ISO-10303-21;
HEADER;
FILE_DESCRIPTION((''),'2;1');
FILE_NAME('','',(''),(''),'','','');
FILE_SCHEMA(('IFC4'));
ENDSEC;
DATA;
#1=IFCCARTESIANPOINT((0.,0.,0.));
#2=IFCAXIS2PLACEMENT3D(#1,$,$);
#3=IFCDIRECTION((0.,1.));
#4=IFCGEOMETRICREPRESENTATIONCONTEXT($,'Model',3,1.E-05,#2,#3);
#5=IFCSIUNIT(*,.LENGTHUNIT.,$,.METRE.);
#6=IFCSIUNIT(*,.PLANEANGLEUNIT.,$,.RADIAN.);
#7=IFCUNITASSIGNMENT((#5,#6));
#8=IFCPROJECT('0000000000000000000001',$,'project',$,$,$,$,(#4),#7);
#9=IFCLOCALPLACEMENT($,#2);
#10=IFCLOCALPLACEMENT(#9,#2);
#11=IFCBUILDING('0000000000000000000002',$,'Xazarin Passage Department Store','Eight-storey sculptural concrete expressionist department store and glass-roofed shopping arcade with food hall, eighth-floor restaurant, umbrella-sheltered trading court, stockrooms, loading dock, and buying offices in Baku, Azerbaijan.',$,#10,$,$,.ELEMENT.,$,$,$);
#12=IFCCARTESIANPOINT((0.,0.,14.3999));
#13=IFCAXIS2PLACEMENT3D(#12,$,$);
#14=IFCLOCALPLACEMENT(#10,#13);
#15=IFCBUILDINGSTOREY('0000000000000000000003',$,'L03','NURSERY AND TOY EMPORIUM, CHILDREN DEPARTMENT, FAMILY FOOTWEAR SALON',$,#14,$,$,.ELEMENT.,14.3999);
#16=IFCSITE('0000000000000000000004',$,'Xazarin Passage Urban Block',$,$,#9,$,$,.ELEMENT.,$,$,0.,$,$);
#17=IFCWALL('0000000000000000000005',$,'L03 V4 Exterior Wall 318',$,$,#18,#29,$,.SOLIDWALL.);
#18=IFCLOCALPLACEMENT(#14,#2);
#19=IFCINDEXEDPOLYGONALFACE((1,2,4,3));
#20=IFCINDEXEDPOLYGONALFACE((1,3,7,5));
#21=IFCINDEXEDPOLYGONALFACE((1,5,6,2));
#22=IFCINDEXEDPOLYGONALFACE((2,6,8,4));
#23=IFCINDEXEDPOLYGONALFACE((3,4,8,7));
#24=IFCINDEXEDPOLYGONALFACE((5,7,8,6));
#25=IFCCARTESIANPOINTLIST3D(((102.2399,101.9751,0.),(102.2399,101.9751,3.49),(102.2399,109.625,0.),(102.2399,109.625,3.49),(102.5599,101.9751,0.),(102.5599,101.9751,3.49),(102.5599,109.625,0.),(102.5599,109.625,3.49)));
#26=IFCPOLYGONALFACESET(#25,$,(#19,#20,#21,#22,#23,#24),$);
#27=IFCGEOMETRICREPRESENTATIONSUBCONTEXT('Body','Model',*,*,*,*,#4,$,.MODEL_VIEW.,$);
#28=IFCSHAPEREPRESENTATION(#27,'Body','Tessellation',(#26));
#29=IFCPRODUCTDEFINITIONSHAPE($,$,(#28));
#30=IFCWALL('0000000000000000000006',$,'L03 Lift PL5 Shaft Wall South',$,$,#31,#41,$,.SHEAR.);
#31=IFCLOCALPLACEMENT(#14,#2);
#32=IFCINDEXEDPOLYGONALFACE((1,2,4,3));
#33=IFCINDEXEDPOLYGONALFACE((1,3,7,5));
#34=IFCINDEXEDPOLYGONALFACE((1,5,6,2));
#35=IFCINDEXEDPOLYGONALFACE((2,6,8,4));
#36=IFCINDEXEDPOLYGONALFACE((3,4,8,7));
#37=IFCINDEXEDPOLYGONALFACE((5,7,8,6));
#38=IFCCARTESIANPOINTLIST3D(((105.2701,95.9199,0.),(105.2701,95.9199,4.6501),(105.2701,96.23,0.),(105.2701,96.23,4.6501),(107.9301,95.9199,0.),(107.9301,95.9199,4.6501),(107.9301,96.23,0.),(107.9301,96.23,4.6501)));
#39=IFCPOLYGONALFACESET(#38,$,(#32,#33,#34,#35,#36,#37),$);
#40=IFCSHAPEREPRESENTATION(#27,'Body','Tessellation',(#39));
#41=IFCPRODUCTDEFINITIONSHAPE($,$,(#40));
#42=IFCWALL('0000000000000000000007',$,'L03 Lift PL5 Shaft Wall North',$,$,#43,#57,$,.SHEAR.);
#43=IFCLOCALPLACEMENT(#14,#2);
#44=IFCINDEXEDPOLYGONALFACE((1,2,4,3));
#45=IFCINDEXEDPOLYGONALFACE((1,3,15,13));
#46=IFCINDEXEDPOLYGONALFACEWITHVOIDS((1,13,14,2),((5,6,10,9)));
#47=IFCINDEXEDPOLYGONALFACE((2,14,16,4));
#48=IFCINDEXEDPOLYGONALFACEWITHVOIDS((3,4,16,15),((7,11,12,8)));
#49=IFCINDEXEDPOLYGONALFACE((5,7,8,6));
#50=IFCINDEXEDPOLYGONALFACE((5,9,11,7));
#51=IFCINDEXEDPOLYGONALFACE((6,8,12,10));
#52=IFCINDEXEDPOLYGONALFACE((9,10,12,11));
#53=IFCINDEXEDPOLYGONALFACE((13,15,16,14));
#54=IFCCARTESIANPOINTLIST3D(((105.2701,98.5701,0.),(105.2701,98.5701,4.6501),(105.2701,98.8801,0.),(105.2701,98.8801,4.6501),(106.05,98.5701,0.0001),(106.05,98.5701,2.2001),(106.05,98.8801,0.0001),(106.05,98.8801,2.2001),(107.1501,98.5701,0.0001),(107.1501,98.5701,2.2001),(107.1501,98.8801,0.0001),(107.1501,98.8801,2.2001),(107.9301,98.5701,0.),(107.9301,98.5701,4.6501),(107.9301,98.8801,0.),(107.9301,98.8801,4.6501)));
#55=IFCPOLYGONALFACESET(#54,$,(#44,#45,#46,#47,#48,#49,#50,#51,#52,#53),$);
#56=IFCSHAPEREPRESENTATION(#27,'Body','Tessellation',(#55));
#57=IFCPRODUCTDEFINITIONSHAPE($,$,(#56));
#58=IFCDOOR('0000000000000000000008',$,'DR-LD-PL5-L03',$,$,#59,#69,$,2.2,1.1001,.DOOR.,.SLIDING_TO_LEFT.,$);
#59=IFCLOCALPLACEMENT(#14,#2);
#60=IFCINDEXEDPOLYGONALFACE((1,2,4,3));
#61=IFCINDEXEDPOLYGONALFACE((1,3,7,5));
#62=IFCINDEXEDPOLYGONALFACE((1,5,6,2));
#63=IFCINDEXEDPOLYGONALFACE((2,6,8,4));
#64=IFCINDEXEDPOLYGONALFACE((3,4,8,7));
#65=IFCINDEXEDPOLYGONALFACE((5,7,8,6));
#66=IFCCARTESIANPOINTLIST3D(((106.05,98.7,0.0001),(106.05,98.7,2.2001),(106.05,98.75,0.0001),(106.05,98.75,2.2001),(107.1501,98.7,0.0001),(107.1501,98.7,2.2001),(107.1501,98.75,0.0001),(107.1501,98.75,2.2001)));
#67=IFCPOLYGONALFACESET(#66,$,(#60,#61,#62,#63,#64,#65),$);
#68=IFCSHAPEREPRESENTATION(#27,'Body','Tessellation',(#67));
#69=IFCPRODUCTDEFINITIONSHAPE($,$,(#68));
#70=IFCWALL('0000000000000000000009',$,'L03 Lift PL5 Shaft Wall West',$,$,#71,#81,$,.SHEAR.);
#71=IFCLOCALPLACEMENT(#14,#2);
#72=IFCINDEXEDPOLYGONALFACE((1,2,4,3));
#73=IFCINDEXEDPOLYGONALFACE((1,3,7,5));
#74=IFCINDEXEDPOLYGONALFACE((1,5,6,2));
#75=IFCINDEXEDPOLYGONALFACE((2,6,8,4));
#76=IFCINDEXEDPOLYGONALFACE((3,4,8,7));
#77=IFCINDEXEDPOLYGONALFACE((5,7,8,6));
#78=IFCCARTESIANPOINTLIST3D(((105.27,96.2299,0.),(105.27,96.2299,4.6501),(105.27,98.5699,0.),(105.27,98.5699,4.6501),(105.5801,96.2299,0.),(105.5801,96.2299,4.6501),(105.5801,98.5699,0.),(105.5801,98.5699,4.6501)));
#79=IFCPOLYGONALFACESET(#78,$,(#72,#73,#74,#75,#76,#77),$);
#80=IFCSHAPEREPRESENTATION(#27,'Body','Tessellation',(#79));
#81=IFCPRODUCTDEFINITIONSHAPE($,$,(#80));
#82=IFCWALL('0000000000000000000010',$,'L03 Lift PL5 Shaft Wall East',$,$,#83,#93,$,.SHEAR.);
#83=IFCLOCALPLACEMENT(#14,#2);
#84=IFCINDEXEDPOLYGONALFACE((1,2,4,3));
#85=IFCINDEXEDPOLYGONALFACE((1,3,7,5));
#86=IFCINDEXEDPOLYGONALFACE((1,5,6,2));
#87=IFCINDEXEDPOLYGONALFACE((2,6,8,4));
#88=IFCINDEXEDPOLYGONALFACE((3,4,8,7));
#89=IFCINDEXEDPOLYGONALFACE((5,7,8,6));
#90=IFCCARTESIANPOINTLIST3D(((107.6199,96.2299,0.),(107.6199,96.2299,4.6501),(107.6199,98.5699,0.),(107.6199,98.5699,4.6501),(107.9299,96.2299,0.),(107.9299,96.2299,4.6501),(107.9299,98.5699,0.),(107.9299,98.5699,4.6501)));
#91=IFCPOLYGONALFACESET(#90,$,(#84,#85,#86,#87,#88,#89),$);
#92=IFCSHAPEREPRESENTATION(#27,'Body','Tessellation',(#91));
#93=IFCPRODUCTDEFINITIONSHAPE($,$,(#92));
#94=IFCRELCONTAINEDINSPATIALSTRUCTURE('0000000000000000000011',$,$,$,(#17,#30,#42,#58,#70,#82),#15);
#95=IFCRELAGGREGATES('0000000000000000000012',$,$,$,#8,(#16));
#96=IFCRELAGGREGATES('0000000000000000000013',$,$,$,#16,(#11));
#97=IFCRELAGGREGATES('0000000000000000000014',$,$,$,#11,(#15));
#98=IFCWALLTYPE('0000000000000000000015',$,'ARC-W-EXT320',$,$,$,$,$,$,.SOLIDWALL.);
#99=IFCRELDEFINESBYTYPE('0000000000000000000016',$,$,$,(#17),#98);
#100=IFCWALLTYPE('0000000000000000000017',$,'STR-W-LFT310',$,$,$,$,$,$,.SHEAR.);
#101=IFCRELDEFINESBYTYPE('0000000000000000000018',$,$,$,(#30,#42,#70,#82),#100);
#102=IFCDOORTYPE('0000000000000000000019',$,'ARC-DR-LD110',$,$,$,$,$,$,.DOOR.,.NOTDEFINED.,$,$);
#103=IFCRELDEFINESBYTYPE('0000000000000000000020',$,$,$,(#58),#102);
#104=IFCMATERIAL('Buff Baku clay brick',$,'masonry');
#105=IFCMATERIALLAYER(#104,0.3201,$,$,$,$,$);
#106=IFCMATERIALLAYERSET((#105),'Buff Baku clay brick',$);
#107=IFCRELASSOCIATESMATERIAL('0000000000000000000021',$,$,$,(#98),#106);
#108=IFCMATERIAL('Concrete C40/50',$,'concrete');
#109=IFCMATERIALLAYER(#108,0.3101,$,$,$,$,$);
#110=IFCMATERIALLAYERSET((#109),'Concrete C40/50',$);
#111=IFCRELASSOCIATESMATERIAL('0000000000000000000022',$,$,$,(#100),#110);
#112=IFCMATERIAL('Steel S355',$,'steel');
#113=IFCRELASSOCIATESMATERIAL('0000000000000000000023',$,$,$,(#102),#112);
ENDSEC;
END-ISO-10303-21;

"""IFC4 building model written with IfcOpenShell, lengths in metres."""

from ifc_helpers import new_model, si_unit, direction, frame, frame_2d, origin, place, context, subcontext, project, spatial, rectangle, extrude, material, layer, layer_set, type_object, element, fill, save


model = new_model("IFC4")

# Units and contexts
model_context = context("Model", 3, precision=1e-05, world=origin(), true_north=direction((0.0, 1.0)))
body_context = subcontext(model_context, "Body", "Model", "MODEL_VIEW")
ifc_project = project(units=[si_unit("LENGTHUNIT", "METRE"), si_unit("PLANEANGLEUNIT", "RADIAN")], contexts=[model_context])

# Site, building, storey
site_placement = place(None, origin())
site = spatial("IfcSite", under=ifc_project, at=site_placement, Name="Xazarin Passage Urban Block", CompositionType="ELEMENT", RefElevation=0.0)
building_placement = place(site_placement, origin())
building = spatial("IfcBuilding", under=site, at=building_placement, Name="Xazarin Passage Department Store", Description="Eight-storey sculptural concrete expressionist department store and glass-roofed shopping arcade with food hall, eighth-floor restaurant, umbrella-sheltered trading court, stockrooms, loading dock, and buying offices in Baku, Azerbaijan.", CompositionType="ELEMENT")
storey_placement = place(building_placement, frame((0.0, 0.0, 14.3999)))
storey = spatial("IfcBuildingStorey", under=building, at=storey_placement, Name="L03", Description="NURSERY AND TOY EMPORIUM, CHILDREN DEPARTMENT, FAMILY FOOTWEAR SALON", CompositionType="ELEMENT", Elevation=14.3999)

# Shared definitions
ifc_material_1 = material(Name="Concrete C40/50", Category="concrete")

# Walls
ifc_material_2 = material(Name="Buff Baku clay brick", Category="masonry")
ifc_layer_1 = layer(ifc_material_2, 0.3201)
ifc_layer_set_1 = layer_set([ifc_layer_1], Name="Buff Baku clay brick")
wall_type_1 = type_object("IfcWallType", Name="ARC-W-EXT320", PredefinedType="SOLIDWALL", material=ifc_layer_set_1)
wall_1_placement = place(storey_placement, frame((102.3999, 101.9751, 0.0), z_axis=(0.0, 0.0, 1.0), x_axis=(0.0, 1.0, 0.0)))
element("IfcWall", 1, at=wall_1_placement, inside=storey, type_object=wall_type_1, Name="L03 V4 Exterior Wall 318", PredefinedType="SOLIDWALL", context=body_context, shape_type="SweptSolid", body=[
    extrude(rectangle(XDim=7.6499, YDim=0.3201, at=frame_2d((3.825, 0.0))), origin(), (0.0, 0.0, 1.0), 3.49),
])
ifc_layer_2 = layer(ifc_material_1, 0.3101)
ifc_layer_set_2 = layer_set([ifc_layer_2], Name="Concrete C40/50")
wall_type_2 = type_object("IfcWallType", Name="STR-W-LFT310", PredefinedType="SHEAR", material=ifc_layer_set_2)
wall_2_placement = place(storey_placement, frame((105.27, 96.075, 0.0), z_axis=(0.0, 0.0, 1.0), x_axis=(1.0, 0.0, 0.0)))
element("IfcWall", 2, at=wall_2_placement, inside=storey, type_object=wall_type_2, Name="L03 Lift PL5 Shaft Wall South", PredefinedType="SHEAR", context=body_context, shape_type="SweptSolid", body=[
    extrude(rectangle(XDim=2.6599, YDim=0.3101, at=frame_2d((1.3301, 0.0))), origin(), (0.0, 0.0, 1.0), 4.6501),
])

# Wall, opening, door
wall_3_placement = place(storey_placement, frame((105.27, 98.7251, 0.0), z_axis=(0.0, 0.0, 1.0), x_axis=(1.0, 0.0, 0.0)))
wall_3 = element("IfcWall", 3, at=wall_3_placement, inside=storey, type_object=wall_type_2, Name="L03 Lift PL5 Shaft Wall North", PredefinedType="SHEAR", context=body_context, shape_type="SweptSolid", body=[
    extrude(rectangle(XDim=2.6599, YDim=0.3101, at=frame_2d((1.3301, 0.0))), origin(), (0.0, 0.0, 1.0), 4.6501),
])
opening_1_placement = place(wall_3_placement, frame((0.78, 0.0, 0.0)))
opening_1 = element("IfcOpeningElement", 4, at=opening_1_placement, cuts=wall_3, PredefinedType="OPENING", context=body_context, shape_type="SweptSolid", body=[
    extrude(rectangle(XDim=1.1001, YDim=2.2, at=frame_2d((0.55, 1.1001))), frame((0.0, 0.165, 0.0), z_axis=(0.0, -1.0, 0.0), x_axis=(1.0, 0.0, 0.0)), (0.0, 0.0, 1.0), 0.3301),
])
ifc_material_3 = material(Name="Steel S355", Category="steel")
door_type_1 = type_object("IfcDoorType", Name="ARC-DR-LD110", OperationType="NOTDEFINED", PredefinedType="DOOR", material=ifc_material_3)
door_1_placement = place(opening_1_placement, origin())
door_1 = element("IfcDoor", 5, at=door_1_placement, inside=storey, type_object=door_type_1, Name="DR-LD-PL5-L03", OperationType="SLIDING_TO_LEFT", OverallHeight=2.2, OverallWidth=1.1001, PredefinedType="DOOR", context=body_context, shape_type="SweptSolid", body=[
    extrude(rectangle(XDim=1.1001, YDim=2.2, at=frame_2d((0.55, 1.1001))), frame((0.0, 0.0249, 0.0), z_axis=(0.0, -1.0, 0.0), x_axis=(1.0, 0.0, 0.0)), (0.0, 0.0, 1.0), 0.05),
])
fill(opening_1, door_1)

# Walls
for number, where, z_axis, x_axis, name in (
    (6, (105.425, 96.23, 0.0), (0.0, 0.0, 1.0), (0.0, 1.0, 0.0), "L03 Lift PL5 Shaft Wall West"),
    (7, (107.7749, 96.23, 0.0), (0.0, 0.0, 1.0), (0.0, 1.0, 0.0), "L03 Lift PL5 Shaft Wall East"),
):
    element("IfcWall", number, at=place(storey_placement, frame(where, z_axis=z_axis, x_axis=x_axis)), inside=storey, type_object=wall_type_2, Name=name, PredefinedType="SHEAR", context=body_context, shape_type="SweptSolid", body=[
        extrude(rectangle(XDim=2.3401, YDim=0.3101, at=frame_2d((1.1699, 0.0))), origin(), (0.0, 0.0, 1.0), 4.6501),
    ])

save(model, "model.ifc")
